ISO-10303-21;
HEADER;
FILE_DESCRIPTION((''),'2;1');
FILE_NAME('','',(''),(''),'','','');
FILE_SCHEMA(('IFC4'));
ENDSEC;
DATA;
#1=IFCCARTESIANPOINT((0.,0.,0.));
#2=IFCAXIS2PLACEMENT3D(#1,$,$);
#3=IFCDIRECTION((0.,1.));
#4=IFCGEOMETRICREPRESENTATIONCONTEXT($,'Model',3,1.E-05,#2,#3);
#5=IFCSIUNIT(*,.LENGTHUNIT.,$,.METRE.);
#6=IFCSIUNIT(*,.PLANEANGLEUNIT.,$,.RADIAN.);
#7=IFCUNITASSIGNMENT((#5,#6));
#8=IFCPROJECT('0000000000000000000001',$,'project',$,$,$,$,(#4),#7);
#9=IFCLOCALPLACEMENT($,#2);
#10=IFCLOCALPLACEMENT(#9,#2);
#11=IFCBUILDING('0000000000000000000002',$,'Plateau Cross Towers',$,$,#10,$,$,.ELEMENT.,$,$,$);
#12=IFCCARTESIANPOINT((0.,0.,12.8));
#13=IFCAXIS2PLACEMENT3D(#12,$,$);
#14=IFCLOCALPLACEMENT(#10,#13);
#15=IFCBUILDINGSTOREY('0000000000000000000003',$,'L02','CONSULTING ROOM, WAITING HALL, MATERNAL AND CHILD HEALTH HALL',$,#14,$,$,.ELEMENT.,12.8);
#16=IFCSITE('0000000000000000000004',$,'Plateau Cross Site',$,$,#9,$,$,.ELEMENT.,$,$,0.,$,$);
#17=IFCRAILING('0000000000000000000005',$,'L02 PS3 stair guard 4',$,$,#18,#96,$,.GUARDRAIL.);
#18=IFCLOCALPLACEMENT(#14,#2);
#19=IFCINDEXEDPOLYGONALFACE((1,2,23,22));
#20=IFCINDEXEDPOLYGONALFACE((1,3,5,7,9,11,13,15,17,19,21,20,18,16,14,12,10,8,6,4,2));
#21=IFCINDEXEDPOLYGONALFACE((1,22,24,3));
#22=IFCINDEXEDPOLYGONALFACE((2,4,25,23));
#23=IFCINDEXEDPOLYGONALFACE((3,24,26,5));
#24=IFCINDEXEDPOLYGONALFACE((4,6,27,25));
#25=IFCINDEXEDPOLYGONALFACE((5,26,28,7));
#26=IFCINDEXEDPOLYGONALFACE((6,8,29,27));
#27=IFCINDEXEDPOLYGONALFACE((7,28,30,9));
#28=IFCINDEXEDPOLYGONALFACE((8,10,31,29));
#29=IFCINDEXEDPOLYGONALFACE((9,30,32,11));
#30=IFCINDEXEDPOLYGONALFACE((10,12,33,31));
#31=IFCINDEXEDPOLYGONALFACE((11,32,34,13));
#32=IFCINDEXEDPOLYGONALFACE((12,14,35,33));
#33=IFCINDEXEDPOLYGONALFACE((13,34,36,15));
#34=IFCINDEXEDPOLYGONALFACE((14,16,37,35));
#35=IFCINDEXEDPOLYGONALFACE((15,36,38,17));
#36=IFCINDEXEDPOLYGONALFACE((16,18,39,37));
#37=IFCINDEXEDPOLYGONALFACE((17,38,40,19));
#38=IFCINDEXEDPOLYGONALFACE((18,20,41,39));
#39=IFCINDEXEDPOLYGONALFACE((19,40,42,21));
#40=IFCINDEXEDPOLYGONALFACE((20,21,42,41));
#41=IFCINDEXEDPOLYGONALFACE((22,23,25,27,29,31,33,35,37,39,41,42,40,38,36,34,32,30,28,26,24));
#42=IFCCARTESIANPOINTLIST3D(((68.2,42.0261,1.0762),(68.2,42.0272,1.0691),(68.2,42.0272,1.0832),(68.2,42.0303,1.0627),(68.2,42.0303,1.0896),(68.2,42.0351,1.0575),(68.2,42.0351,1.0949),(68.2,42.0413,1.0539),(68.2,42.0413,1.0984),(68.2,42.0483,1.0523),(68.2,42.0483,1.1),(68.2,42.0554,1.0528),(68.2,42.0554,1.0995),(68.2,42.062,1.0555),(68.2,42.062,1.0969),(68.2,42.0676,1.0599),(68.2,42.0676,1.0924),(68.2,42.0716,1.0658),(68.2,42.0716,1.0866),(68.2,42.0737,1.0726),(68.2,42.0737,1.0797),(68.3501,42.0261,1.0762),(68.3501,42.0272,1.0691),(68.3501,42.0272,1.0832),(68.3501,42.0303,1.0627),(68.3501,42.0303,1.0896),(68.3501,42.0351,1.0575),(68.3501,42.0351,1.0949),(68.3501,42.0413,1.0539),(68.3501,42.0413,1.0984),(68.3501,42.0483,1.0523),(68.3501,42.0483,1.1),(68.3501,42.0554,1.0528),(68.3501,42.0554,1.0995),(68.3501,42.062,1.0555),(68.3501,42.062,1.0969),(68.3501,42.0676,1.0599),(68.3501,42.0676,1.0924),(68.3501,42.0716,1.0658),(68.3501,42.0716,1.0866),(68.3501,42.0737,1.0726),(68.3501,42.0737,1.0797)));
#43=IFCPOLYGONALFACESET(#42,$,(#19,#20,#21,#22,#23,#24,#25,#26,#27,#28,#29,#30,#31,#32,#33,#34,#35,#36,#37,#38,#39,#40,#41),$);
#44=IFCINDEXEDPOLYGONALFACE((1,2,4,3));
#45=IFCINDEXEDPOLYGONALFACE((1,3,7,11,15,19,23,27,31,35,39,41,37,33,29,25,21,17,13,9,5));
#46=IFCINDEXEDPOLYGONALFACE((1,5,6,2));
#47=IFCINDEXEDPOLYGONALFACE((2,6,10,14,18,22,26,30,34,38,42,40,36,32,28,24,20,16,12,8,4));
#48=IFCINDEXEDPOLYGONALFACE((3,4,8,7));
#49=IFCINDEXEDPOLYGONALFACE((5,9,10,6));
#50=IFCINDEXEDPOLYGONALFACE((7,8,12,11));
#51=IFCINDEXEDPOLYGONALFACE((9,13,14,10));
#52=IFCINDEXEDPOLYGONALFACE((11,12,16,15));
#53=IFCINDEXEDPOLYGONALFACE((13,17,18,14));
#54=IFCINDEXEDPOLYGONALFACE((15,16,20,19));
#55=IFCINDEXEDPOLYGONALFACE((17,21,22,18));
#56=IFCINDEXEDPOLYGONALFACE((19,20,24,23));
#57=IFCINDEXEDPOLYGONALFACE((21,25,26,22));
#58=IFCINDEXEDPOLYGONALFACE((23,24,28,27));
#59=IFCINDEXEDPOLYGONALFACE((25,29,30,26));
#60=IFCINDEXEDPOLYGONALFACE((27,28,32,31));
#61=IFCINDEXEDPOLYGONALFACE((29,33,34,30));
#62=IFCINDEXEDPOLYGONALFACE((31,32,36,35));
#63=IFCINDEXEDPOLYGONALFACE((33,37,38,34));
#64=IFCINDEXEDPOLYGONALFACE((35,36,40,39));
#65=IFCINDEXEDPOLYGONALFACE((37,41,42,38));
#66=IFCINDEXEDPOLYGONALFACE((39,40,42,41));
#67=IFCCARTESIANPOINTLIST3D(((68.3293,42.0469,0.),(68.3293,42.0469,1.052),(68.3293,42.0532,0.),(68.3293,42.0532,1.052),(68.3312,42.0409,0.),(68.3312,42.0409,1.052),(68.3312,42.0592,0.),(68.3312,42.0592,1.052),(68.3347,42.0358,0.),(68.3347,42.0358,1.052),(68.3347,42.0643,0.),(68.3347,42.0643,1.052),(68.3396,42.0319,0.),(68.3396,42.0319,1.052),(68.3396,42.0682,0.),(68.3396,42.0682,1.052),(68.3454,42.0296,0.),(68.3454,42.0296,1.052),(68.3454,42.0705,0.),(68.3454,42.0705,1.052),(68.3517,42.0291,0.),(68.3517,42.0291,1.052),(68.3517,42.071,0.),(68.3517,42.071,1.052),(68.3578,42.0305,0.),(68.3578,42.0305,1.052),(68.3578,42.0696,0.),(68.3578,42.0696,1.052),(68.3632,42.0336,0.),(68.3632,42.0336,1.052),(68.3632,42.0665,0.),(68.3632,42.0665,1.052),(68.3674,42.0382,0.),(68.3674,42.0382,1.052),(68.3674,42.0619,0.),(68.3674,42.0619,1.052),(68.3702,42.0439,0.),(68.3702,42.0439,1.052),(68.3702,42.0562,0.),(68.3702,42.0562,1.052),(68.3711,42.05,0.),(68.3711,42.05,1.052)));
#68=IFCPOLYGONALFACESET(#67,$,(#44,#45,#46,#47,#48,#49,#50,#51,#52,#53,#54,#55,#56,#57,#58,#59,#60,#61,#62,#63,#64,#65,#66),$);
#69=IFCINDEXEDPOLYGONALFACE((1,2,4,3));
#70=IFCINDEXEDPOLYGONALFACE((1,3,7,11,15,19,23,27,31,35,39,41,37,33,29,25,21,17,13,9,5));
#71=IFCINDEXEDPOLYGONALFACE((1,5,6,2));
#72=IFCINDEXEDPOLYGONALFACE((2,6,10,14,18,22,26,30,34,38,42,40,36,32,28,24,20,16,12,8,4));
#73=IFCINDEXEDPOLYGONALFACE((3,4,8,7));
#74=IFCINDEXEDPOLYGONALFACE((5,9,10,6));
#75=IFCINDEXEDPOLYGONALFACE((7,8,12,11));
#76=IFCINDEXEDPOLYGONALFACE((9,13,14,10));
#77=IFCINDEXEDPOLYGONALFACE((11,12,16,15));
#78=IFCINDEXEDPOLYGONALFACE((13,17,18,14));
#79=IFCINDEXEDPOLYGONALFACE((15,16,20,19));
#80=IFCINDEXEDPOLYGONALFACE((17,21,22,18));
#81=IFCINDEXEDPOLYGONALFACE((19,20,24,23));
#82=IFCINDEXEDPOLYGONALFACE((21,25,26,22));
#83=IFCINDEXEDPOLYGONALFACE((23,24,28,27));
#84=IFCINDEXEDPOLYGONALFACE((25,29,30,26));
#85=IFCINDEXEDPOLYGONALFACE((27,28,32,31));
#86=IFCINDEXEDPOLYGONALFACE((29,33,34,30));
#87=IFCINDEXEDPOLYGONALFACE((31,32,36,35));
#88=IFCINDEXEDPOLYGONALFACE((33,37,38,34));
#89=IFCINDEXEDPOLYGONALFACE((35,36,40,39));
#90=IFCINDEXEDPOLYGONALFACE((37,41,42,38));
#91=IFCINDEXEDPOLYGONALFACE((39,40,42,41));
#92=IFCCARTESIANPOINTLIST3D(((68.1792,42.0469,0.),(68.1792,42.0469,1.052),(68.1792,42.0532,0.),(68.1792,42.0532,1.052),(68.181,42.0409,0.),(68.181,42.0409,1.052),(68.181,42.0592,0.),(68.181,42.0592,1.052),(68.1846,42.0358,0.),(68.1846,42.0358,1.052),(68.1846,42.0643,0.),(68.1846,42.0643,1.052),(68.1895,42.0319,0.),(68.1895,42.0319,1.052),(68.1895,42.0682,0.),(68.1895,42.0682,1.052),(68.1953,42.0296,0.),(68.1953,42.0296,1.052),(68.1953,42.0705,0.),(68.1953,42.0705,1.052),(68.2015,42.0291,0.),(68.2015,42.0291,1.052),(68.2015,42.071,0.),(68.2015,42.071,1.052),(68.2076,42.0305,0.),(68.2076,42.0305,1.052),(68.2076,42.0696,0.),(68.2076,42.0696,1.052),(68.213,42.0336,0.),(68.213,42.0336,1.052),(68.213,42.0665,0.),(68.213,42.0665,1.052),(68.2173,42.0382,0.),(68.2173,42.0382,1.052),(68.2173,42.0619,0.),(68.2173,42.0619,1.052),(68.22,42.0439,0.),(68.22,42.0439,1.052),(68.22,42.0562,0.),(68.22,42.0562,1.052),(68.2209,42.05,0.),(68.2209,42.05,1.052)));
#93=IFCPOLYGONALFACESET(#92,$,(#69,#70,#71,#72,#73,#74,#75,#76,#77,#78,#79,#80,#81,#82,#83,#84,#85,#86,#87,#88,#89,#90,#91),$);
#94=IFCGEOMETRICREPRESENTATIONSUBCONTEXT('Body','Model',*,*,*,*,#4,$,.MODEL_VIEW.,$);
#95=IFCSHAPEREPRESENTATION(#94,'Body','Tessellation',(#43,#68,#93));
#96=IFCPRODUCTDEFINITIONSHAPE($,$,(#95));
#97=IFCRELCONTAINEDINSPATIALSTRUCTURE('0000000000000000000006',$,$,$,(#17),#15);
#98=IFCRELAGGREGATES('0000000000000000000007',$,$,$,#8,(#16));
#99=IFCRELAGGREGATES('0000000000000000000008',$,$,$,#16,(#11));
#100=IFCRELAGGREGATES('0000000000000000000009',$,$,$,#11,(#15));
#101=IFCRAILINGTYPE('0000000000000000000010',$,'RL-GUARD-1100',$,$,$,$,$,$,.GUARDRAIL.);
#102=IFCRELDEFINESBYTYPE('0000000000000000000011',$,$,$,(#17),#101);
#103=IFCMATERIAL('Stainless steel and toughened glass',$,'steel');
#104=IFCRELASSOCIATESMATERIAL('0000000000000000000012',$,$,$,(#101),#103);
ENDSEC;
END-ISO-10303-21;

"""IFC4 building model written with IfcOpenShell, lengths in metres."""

from ifc_helpers import new_model, si_unit, direction, frame, origin, origin_2d, place, context, subcontext, project, spatial, circle, extrude, material, type_object, element, save


model = new_model("IFC4")

# Units and contexts
model_context = context("Model", 3, precision=1e-05, world=origin(), true_north=direction((0.0, 1.0)))
body_context = subcontext(model_context, "Body", "Model", "MODEL_VIEW")
ifc_project = project(units=[si_unit("LENGTHUNIT", "METRE"), si_unit("PLANEANGLEUNIT", "RADIAN")], contexts=[model_context])

# Site, building, storey
site_placement = place(None, origin())
site = spatial("IfcSite", under=ifc_project, at=site_placement, Name="Plateau Cross Site", CompositionType="ELEMENT", RefElevation=0.0)
building_placement = place(site_placement, origin())
building = spatial("IfcBuilding", under=site, at=building_placement, Name="Plateau Cross Towers", CompositionType="ELEMENT")
storey_placement = place(building_placement, frame((0.0, 0.0, 12.8)))
storey = spatial("IfcBuildingStorey", under=building, at=storey_placement, Name="L02", Description="CONSULTING ROOM, WAITING HALL, MATERNAL AND CHILD HEALTH HALL", CompositionType="ELEMENT", Elevation=12.8)

# Railing
ifc_material_1 = material(Name="Stainless steel and toughened glass", Category="steel")
railing_type_1 = type_object("IfcRailingType", Name="RL-GUARD-1100", PredefinedType="GUARDRAIL", material=ifc_material_1)
railing_1_placement = place(storey_placement, frame((68.3501, 42.05, 0.0)))
element("IfcRailing", 1, at=railing_1_placement, inside=storey, type_object=railing_type_1, Name="L02 PS3 stair guard 4", PredefinedType="GUARDRAIL", context=body_context, shape_type="SweptSolid", body=[
    extrude(circle(Radius=0.0239, at=origin_2d()), frame((0.0, 0.0, 1.0762), z_axis=(-1.0, 0.0, 0.0), x_axis=(0.0, -1.0, 0.0)), (0.0, 0.0, 1.0), 0.1501),
    extrude(circle(Radius=0.021, at=origin_2d()), origin(), (0.0, 0.0, 1.0), 1.052),
    extrude(circle(Radius=0.021, at=origin_2d()), frame((-0.1501, 0.0, 0.0)), (0.0, 0.0, 1.0), 1.052),
])

save(model, "model.ifc")
